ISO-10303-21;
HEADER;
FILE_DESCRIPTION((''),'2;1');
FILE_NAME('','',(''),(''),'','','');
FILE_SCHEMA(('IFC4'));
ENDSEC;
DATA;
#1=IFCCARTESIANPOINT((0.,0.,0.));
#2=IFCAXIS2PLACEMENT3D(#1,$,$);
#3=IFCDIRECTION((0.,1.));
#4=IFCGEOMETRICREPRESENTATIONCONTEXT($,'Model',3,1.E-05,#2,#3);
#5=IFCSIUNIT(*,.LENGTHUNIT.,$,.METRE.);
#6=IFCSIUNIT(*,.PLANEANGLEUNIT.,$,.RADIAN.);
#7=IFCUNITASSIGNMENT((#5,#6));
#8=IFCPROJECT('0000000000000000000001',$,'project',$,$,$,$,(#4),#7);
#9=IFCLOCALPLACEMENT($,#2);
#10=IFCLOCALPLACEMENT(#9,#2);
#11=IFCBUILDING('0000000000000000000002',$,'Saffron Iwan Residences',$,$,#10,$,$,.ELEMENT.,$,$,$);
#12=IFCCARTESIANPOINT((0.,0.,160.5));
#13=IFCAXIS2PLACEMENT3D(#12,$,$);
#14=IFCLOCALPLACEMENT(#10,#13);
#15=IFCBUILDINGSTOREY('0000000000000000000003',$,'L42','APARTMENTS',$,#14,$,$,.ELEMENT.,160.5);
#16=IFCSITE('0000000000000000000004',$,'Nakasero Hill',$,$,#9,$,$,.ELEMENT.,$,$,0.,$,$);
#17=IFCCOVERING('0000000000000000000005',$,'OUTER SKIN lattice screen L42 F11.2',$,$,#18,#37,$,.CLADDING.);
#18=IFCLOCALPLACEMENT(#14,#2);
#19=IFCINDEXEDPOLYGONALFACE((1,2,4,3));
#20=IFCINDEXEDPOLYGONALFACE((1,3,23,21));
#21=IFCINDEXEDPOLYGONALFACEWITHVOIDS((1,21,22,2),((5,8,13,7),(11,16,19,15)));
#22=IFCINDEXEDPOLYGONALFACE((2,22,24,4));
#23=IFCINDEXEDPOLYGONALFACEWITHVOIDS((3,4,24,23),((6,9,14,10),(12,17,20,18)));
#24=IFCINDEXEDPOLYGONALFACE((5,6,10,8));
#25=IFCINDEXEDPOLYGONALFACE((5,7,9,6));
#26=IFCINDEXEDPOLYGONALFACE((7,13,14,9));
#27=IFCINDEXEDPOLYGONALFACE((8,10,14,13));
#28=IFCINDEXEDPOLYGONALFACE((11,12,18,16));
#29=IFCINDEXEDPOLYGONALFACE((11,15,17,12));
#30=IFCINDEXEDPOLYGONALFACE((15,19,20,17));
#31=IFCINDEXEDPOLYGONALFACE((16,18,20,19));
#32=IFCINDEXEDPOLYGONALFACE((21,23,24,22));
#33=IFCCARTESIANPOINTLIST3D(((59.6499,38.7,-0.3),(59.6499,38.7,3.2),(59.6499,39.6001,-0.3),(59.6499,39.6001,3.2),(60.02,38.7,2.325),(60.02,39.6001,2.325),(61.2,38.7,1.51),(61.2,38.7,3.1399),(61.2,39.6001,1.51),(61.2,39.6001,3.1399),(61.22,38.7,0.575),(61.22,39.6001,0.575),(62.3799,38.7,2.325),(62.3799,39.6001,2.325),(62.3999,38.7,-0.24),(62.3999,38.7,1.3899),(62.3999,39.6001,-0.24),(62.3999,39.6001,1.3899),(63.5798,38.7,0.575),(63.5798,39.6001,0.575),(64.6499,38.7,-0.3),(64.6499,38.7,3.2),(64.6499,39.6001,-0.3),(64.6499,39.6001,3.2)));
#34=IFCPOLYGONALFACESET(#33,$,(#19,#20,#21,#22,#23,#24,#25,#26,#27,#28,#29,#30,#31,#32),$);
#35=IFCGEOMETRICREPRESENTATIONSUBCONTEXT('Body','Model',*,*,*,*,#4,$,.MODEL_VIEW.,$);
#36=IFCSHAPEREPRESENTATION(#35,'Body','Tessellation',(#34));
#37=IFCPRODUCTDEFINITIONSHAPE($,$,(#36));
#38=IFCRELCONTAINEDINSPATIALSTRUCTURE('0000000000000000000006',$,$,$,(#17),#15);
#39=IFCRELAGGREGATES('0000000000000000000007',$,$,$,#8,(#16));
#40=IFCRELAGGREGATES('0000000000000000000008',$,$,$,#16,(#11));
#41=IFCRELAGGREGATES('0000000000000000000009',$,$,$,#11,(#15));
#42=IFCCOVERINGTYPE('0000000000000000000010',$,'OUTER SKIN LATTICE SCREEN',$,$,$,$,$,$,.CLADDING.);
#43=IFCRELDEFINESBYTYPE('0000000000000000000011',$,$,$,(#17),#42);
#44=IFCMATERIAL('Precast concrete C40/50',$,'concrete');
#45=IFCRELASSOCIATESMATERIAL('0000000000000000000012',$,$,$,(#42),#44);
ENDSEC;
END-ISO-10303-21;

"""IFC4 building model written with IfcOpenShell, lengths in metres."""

from ifc_helpers import new_model, si_unit, direction, frame, origin, place, context, subcontext, project, spatial, polyline, outline, extrude, material, type_object, element, save


model = new_model("IFC4")

# Units and contexts
model_context = context("Model", 3, precision=1e-05, world=origin(), true_north=direction((0.0, 1.0)))
body_context = subcontext(model_context, "Body", "Model", "MODEL_VIEW")
ifc_project = project(units=[si_unit("LENGTHUNIT", "METRE"), si_unit("PLANEANGLEUNIT", "RADIAN")], contexts=[model_context])

# Site, building, storey
site_placement = place(None, origin())
site = spatial("IfcSite", under=ifc_project, at=site_placement, Name="Nakasero Hill", CompositionType="ELEMENT", RefElevation=0.0)
building_placement = place(site_placement, origin())
building = spatial("IfcBuilding", under=site, at=building_placement, Name="Saffron Iwan Residences", CompositionType="ELEMENT")
storey_placement = place(building_placement, frame((0.0, 0.0, 160.5)))
storey = spatial("IfcBuildingStorey", under=building, at=storey_placement, Name="L42", Description="APARTMENTS", CompositionType="ELEMENT", Elevation=160.5)

# Covering
ifc_material_1 = material(Name="Precast concrete C40/50", Category="concrete")
covering_type = type_object("IfcCoveringType", Name="OUTER SKIN LATTICE SCREEN", PredefinedType="CLADDING", material=ifc_material_1)
covering_placement = place(storey_placement, frame((59.6499, 39.6001, -0.3), z_axis=(0.0, -1.0, 0.0), x_axis=(1.0, 0.0, 0.0)))
element("IfcCovering", 1, at=covering_placement, inside=storey, type_object=covering_type, Name="OUTER SKIN lattice screen L42 F11.2", PredefinedType="CLADDING", context=body_context, shape_type="SweptSolid", body=[
    extrude(outline(polyline([(0.0, 0.0), (5.0, 0.0), (5.0, 3.5), (0.0, 3.5), (0.0, 0.0)]), holes=[polyline([(1.5701, 0.875), (2.75, 0.0601), (3.9299, 0.875), (2.75, 1.6899), (1.5701, 0.875)]), polyline([(0.3701, 2.625), (1.55, 1.8101), (2.73, 2.625), (1.55, 3.4399), (0.3701, 2.625)])]), origin(), (0.0, 0.0, 1.0), 0.9001),
])

save(model, "model.ifc")
